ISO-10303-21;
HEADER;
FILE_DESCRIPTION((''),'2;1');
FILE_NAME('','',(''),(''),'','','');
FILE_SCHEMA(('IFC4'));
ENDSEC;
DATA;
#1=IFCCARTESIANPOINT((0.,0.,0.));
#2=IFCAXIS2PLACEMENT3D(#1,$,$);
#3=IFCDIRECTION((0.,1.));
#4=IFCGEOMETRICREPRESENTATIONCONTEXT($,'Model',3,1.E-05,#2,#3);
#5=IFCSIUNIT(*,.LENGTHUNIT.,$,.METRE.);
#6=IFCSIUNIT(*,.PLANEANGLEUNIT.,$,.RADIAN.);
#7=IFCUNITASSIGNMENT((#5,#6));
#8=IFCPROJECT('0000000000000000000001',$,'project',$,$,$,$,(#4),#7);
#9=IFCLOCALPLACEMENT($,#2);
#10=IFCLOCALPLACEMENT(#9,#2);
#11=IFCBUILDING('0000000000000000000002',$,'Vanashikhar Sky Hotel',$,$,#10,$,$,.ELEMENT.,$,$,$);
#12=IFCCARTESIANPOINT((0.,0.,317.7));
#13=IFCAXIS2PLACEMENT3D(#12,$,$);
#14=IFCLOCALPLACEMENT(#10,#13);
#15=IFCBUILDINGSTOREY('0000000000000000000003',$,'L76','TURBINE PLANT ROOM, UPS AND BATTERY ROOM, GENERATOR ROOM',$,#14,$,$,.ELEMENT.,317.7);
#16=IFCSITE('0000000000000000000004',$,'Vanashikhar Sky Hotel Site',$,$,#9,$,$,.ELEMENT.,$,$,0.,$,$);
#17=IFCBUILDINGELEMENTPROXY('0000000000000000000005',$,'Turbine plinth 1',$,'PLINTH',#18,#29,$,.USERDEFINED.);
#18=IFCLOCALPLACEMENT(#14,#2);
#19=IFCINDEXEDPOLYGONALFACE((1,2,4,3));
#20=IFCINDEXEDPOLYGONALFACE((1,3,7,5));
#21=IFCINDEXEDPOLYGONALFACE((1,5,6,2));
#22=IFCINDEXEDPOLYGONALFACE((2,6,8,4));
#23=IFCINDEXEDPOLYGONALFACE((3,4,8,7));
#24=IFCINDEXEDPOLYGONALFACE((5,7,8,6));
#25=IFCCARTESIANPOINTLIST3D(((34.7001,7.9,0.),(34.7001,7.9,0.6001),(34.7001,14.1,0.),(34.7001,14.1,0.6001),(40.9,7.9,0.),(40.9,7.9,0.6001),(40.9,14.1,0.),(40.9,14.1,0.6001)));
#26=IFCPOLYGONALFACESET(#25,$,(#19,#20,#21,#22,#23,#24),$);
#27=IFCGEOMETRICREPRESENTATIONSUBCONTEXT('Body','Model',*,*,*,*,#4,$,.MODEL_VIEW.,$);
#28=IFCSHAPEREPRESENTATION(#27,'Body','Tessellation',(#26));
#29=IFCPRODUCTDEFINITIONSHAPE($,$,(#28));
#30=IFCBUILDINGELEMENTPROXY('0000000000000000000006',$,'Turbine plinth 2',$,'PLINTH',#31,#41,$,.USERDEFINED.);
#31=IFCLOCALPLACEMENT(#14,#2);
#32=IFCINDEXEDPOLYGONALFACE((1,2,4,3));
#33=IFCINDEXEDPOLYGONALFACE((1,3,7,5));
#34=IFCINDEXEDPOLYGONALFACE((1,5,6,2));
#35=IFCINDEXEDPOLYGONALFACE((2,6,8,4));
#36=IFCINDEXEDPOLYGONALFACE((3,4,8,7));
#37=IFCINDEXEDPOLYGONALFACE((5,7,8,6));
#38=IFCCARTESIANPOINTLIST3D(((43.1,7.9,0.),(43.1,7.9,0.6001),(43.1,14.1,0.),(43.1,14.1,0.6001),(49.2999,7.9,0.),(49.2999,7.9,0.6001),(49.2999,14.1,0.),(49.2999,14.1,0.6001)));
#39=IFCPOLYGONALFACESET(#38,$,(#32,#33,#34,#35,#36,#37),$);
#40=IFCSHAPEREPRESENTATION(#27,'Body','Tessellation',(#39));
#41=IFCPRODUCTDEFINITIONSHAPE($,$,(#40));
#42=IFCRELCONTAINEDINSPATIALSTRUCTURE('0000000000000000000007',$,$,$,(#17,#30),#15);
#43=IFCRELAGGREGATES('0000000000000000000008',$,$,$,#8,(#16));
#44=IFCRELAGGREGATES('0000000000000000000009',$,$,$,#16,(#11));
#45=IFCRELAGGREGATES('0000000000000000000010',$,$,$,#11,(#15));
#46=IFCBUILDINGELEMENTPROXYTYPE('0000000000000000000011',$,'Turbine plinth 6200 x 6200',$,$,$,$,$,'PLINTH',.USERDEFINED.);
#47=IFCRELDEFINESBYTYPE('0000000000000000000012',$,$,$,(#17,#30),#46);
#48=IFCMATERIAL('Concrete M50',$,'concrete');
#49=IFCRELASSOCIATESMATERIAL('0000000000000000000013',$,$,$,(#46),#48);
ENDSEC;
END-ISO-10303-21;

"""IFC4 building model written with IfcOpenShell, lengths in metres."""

from ifc_helpers import new_model, si_unit, direction, frame, origin, origin_2d, place, context, subcontext, project, spatial, rectangle, extrude, source, transform, mapped, material, type_object, element, save


model = new_model("IFC4")

# Units and contexts
model_context = context("Model", 3, precision=1e-05, world=origin(), true_north=direction((0.0, 1.0)))
body_context = subcontext(model_context, "Body", "Model", "MODEL_VIEW")
ifc_project = project(units=[si_unit("LENGTHUNIT", "METRE"), si_unit("PLANEANGLEUNIT", "RADIAN")], contexts=[model_context])

# Site, building, storey
site_placement = place(None, origin())
site = spatial("IfcSite", under=ifc_project, at=site_placement, Name="Vanashikhar Sky Hotel Site", CompositionType="ELEMENT", RefElevation=0.0)
building_placement = place(site_placement, origin())
building = spatial("IfcBuilding", under=site, at=building_placement, Name="Vanashikhar Sky Hotel", CompositionType="ELEMENT")
storey_placement = place(building_placement, frame((0.0, 0.0, 317.7)))
storey = spatial("IfcBuildingStorey", under=building, at=storey_placement, Name="L76", Description="TURBINE PLANT ROOM, UPS AND BATTERY ROOM, GENERATOR ROOM", CompositionType="ELEMENT", Elevation=317.7)

# Shared definitions
ifc_material_1 = material(Name="Concrete M50", Category="concrete")

# Building element proxies
building_element_proxy_type = type_object("IfcBuildingElementProxyType", Name="Turbine plinth 6200 x 6200", ElementType="PLINTH", PredefinedType="USERDEFINED", material=ifc_material_1)
shared_shape_1 = source(origin(), body_context, "Body", "SweptSolid", [
    extrude(rectangle(XDim=6.2, YDim=6.2, at=origin_2d()), origin(), (0.0, 0.0, 1.0), 0.6001),
])
for number, where, z_axis, x_axis, name in (
    (1, (37.8, 11.0, 0.0), (0.0, 0.0, 1.0), (1.0, 0.0, 0.0), "Turbine plinth 1"),
    (2, (46.2, 11.0, 0.0), (0.0, 0.0, 1.0), (1.0, 0.0, 0.0), "Turbine plinth 2"),
):
    element("IfcBuildingElementProxy", number, at=place(storey_placement, frame(where, z_axis=z_axis, x_axis=x_axis)), inside=storey, type_object=building_element_proxy_type, Name=name, ObjectType="PLINTH", PredefinedType="USERDEFINED", context=body_context, shape_type="MappedRepresentation", body=[
        mapped(shared_shape_1, transform((0.0, 0.0, 0.0), scale=1.0)),
    ])

save(model, "model.ifc")
